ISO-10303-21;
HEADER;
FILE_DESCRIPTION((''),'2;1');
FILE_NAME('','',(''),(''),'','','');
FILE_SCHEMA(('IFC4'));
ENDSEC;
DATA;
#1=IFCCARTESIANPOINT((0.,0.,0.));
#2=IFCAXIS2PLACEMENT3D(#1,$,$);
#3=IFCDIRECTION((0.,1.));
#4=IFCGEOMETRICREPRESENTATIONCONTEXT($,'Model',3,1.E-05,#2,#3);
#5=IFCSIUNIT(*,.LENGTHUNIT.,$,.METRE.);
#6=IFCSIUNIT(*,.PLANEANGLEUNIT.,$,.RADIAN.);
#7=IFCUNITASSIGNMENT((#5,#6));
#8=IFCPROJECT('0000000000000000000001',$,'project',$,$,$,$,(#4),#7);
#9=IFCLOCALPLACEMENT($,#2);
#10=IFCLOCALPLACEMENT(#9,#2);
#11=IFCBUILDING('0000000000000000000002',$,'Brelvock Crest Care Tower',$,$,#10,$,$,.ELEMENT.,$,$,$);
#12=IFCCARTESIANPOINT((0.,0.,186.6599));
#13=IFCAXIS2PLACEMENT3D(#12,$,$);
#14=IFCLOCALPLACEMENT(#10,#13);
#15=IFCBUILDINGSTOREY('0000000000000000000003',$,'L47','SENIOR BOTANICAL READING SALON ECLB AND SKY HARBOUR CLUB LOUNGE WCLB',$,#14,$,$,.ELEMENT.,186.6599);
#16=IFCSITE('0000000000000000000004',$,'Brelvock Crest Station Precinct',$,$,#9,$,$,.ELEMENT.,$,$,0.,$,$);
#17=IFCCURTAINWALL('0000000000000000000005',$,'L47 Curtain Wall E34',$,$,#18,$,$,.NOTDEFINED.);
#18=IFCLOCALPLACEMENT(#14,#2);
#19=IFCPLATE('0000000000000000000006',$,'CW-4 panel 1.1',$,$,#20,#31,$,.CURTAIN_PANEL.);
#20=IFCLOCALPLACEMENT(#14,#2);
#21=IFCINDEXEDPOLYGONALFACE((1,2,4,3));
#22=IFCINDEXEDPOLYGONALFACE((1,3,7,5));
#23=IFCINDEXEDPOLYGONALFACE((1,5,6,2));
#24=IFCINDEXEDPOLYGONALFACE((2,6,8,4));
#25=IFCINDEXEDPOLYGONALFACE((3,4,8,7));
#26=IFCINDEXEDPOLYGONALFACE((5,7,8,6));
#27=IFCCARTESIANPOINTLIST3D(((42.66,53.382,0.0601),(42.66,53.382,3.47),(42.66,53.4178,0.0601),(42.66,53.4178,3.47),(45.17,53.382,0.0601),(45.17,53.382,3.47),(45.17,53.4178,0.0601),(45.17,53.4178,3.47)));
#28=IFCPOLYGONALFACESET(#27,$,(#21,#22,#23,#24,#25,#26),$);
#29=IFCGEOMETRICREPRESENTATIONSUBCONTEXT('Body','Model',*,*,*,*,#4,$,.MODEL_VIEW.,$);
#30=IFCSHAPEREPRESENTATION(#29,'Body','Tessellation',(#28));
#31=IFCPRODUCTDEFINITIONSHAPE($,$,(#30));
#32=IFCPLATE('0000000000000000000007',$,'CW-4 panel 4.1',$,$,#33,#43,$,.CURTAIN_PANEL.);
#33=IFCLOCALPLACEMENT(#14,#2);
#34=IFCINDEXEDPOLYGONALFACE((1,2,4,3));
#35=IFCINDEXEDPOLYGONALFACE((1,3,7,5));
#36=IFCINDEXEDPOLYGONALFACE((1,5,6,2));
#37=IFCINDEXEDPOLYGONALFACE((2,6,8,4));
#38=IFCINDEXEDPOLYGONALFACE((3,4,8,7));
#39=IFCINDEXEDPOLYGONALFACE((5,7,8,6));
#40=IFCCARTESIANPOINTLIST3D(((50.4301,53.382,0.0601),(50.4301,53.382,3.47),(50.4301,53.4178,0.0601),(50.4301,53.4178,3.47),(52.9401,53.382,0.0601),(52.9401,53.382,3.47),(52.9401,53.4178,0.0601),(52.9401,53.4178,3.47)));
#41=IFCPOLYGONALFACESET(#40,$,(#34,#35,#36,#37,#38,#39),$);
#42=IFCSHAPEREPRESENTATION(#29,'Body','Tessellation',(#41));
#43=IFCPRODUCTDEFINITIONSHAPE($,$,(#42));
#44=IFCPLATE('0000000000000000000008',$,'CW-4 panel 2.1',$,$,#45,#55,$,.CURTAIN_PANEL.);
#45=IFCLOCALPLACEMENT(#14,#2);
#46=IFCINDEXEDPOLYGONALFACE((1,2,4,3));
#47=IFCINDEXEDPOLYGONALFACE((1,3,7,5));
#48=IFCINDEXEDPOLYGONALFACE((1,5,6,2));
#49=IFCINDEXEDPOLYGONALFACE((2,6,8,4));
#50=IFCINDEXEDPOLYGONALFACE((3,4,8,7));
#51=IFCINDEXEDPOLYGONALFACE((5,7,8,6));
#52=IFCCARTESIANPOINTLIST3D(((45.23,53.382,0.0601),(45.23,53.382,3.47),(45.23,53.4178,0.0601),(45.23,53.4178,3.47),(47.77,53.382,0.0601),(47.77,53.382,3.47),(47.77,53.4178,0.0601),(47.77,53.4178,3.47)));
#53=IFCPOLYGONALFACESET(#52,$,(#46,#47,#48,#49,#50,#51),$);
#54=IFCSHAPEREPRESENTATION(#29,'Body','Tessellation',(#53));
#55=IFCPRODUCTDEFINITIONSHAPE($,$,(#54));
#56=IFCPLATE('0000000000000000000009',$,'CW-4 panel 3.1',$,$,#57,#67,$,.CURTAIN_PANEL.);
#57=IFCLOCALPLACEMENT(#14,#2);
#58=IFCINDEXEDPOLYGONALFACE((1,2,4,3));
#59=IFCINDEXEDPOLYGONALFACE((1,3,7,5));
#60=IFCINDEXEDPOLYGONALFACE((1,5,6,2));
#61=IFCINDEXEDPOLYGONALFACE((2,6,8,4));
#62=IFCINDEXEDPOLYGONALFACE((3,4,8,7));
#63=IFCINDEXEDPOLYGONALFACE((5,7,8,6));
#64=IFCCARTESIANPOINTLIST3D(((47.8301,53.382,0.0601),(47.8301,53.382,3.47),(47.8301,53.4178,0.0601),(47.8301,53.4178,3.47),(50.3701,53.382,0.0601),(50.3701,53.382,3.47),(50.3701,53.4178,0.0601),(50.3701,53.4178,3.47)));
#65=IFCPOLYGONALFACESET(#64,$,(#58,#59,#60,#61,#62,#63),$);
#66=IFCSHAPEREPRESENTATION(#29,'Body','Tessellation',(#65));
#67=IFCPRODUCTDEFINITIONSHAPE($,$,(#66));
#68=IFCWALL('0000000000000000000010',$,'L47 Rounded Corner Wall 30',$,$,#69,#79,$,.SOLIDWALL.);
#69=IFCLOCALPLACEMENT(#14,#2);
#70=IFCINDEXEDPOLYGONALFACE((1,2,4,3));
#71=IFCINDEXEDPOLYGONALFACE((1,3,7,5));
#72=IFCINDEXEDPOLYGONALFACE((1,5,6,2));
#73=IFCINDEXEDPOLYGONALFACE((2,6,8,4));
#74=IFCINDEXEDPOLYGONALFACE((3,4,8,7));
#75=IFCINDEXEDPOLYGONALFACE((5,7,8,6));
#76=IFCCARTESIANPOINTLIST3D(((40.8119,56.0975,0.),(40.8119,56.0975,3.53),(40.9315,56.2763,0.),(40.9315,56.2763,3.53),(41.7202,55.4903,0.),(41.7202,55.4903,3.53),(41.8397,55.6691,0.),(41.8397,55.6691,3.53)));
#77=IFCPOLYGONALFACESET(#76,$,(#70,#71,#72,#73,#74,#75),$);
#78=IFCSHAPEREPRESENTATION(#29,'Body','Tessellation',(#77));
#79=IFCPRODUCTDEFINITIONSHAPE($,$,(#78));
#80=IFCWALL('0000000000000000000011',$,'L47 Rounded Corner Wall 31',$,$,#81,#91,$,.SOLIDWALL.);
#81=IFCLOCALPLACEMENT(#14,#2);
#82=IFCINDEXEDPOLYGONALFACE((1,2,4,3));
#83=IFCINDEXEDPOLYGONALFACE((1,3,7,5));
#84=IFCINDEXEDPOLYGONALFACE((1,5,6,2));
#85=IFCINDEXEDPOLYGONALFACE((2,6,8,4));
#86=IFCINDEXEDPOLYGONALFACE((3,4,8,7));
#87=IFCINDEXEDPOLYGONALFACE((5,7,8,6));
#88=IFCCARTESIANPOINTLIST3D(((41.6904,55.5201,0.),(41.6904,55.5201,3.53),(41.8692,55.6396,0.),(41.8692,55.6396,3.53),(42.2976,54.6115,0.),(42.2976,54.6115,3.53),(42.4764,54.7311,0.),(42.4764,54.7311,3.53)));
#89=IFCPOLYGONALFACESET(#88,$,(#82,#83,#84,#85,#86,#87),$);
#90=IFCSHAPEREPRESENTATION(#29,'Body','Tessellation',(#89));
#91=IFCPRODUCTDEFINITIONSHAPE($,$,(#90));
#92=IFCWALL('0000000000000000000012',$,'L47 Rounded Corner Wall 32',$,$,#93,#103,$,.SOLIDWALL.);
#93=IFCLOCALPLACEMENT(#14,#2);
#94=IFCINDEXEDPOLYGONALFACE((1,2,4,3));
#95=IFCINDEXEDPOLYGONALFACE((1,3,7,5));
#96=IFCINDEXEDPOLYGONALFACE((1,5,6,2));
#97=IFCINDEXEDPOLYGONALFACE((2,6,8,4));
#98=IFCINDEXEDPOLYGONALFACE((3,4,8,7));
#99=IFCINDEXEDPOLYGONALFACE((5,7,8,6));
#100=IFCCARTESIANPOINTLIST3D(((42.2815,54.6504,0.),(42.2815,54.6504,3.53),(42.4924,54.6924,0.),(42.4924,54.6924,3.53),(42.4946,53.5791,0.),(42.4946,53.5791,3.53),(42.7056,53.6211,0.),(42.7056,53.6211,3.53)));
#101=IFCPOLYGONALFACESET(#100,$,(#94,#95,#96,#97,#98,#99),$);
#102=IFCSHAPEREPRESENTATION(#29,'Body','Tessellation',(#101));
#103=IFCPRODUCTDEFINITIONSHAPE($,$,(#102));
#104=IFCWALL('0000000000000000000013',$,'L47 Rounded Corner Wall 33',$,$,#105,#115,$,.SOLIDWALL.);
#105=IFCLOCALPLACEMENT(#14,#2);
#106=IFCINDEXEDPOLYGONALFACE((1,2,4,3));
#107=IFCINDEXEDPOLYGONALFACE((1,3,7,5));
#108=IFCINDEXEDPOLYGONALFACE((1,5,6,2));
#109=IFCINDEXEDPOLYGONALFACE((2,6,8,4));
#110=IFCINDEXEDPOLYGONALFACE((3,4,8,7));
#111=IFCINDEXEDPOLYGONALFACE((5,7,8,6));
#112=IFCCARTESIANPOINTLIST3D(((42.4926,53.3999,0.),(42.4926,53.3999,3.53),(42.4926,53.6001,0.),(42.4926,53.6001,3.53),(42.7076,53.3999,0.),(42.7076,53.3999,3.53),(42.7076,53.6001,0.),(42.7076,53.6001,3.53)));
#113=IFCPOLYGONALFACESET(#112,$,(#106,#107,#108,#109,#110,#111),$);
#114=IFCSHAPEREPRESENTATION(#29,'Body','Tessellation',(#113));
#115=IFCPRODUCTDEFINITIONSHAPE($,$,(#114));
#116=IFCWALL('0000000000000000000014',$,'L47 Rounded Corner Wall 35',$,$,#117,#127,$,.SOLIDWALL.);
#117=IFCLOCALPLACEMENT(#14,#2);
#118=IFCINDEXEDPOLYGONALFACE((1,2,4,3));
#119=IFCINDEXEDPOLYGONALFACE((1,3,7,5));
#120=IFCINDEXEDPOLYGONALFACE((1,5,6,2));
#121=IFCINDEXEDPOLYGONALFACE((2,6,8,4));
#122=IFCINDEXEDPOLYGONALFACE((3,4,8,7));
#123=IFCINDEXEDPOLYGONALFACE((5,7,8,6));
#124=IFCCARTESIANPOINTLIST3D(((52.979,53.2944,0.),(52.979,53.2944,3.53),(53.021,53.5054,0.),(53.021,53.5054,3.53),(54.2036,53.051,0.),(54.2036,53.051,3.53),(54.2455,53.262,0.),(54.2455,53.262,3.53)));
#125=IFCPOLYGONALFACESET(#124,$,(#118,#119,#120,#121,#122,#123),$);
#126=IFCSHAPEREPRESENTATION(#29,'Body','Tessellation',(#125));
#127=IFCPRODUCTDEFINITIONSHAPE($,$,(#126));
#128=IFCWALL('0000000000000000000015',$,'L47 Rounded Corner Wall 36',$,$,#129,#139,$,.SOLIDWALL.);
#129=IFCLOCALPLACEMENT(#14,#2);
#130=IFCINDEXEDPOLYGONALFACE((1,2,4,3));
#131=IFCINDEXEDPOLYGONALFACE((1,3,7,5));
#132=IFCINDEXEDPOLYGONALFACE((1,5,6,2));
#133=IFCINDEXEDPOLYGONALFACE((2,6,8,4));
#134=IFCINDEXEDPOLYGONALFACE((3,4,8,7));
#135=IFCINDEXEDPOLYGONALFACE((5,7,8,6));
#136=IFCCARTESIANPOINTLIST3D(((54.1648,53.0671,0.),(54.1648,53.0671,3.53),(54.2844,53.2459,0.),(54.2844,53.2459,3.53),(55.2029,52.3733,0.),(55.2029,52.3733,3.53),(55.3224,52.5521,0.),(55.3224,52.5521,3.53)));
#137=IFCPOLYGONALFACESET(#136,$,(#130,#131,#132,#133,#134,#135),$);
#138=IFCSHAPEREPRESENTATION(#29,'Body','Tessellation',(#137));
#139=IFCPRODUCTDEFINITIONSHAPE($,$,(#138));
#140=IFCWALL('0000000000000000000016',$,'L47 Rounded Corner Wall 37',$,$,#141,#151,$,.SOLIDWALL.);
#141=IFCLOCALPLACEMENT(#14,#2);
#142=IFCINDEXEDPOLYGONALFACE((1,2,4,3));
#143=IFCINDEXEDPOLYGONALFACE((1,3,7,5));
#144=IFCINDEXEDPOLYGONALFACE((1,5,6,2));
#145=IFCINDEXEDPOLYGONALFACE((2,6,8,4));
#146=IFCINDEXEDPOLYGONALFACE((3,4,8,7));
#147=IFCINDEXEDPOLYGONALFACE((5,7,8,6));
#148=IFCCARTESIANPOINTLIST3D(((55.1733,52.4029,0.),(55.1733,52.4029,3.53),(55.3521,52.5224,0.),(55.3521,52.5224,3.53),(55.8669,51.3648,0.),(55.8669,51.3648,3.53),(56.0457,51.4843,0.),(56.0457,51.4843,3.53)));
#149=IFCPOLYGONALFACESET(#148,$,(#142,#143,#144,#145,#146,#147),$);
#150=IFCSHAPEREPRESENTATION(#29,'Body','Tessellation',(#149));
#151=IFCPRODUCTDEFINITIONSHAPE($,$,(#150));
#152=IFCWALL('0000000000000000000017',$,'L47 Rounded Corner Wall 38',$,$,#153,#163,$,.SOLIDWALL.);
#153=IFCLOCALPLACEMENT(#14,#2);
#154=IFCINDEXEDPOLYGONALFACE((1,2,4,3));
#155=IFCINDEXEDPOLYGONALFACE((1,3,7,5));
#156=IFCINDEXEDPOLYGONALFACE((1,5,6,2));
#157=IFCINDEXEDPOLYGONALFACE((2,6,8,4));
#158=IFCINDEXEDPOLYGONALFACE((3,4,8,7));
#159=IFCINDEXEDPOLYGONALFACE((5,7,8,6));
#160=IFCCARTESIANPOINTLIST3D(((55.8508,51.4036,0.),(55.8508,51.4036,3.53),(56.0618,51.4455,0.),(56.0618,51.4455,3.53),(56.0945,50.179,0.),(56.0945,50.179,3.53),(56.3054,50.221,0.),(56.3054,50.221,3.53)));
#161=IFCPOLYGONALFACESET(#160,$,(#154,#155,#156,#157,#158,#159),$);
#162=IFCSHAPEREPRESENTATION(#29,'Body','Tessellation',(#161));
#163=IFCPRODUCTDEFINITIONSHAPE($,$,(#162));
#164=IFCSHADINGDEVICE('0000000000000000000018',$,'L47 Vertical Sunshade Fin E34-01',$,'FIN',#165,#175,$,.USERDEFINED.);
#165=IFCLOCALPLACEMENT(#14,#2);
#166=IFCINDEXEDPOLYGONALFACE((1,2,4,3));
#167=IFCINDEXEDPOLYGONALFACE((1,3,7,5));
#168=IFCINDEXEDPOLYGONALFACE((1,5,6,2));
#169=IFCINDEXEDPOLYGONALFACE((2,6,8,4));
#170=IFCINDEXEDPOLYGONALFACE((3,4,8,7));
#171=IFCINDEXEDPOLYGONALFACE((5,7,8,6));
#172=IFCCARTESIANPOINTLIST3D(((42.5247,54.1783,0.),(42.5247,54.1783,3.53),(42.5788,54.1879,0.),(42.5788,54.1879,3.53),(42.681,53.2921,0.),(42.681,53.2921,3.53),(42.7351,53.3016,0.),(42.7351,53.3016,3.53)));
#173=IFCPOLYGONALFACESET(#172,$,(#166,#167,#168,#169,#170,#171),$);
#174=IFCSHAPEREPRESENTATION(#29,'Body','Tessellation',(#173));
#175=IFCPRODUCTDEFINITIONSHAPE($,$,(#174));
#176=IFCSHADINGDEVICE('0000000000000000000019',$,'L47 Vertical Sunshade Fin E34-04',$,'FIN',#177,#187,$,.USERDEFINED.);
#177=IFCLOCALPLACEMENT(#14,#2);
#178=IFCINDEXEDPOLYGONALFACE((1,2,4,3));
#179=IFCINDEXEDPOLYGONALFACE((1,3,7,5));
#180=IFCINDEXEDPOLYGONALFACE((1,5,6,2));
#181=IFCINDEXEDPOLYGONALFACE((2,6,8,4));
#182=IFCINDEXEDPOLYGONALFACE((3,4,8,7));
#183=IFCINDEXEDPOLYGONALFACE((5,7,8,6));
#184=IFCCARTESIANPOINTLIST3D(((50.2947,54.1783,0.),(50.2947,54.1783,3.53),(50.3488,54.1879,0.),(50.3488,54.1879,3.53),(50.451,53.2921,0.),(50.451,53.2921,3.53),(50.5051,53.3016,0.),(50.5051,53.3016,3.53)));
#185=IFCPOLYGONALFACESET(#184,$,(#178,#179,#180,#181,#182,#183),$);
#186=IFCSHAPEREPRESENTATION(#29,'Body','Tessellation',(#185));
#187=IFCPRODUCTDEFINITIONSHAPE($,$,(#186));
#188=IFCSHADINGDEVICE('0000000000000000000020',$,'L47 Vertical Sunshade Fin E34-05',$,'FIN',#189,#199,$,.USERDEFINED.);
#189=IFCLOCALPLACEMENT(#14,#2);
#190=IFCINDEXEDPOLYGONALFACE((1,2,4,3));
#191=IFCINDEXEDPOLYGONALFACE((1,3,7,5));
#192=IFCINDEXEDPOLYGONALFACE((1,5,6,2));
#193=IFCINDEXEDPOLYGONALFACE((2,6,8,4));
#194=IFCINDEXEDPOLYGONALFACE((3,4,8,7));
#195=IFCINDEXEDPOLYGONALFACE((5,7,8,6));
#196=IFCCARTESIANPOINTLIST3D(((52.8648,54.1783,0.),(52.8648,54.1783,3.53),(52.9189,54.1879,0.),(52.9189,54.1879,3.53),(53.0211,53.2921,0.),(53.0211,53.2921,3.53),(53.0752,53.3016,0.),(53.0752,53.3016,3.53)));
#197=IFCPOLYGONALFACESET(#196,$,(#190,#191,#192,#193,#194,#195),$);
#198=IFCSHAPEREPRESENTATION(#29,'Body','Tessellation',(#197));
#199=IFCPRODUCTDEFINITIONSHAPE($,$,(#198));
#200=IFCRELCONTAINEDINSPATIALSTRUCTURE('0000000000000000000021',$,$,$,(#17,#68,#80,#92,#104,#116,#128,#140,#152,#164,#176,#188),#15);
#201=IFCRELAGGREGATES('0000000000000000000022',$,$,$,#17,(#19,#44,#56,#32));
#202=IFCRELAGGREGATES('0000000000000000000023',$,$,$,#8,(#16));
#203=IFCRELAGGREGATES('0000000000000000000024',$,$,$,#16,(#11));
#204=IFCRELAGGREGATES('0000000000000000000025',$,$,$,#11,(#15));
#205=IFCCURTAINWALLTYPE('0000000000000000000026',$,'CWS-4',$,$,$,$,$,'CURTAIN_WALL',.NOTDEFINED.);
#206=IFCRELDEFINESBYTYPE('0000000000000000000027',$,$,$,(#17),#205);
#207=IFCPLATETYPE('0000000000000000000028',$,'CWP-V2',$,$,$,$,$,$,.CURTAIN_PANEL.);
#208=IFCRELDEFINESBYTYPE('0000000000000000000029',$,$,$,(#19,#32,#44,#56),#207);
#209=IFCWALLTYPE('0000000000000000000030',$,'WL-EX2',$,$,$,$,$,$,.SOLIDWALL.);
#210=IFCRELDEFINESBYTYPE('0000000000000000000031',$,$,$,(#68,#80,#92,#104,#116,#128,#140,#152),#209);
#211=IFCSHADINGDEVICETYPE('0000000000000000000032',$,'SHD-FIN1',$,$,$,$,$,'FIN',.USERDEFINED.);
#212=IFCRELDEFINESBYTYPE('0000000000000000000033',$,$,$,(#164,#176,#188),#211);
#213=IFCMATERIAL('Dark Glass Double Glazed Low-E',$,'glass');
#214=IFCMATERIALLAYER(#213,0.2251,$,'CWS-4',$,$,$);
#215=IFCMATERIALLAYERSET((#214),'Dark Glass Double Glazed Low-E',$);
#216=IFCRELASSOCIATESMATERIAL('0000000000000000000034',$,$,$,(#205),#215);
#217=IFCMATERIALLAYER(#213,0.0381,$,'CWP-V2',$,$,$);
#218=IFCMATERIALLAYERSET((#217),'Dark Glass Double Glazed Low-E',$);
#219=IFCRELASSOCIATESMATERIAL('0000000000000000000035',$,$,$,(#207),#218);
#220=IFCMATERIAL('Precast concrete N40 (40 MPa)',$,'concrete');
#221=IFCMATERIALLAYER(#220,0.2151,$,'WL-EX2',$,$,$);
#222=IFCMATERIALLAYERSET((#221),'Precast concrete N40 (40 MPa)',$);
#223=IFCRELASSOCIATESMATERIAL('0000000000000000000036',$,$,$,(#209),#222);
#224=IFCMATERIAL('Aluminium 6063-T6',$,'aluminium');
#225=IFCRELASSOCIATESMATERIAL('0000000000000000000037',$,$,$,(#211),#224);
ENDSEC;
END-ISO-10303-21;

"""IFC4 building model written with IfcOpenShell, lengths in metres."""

from ifc_helpers import new_model, si_unit, direction, frame, frame_2d, origin, origin_2d, place, context, subcontext, project, spatial, rectangle, extrude, source, transform, mapped, material, layer, layer_set, material_profile, profile_set, type_object, element, aggregate, save


model = new_model("IFC4")

# Units and contexts
model_context = context("Model", 3, precision=1e-05, world=origin(), true_north=direction((0.0, 1.0)))
body_context = subcontext(model_context, "Body", "Model", "MODEL_VIEW")
ifc_project = project(units=[si_unit("LENGTHUNIT", "METRE"), si_unit("PLANEANGLEUNIT", "RADIAN")], contexts=[model_context])

# Site, building, storey
site_placement = place(None, origin())
site = spatial("IfcSite", under=ifc_project, at=site_placement, Name="Brelvock Crest Station Precinct", CompositionType="ELEMENT", RefElevation=0.0)
building_placement = place(site_placement, origin())
building = spatial("IfcBuilding", under=site, at=building_placement, Name="Brelvock Crest Care Tower", CompositionType="ELEMENT")
storey_placement = place(building_placement, frame((0.0, 0.0, 186.6599)))
storey = spatial("IfcBuildingStorey", under=building, at=storey_placement, Name="L47", Description="SENIOR BOTANICAL READING SALON ECLB AND SKY HARBOUR CLUB LOUNGE WCLB", CompositionType="ELEMENT", Elevation=186.6599)

# Curtain wall, plates
ifc_material_1 = material(Name="Dark Glass Double Glazed Low-E", Category="glass")
ifc_layer_1 = layer(ifc_material_1, 0.2251, Name="CWS-4")
ifc_layer_set_1 = layer_set([ifc_layer_1], Name="Dark Glass Double Glazed Low-E")
curtain_wall_type = type_object("IfcCurtainWallType", Name="CWS-4", ElementType="CURTAIN_WALL", PredefinedType="NOTDEFINED", material=ifc_layer_set_1)
curtain_wall_placement = place(storey_placement, origin())
curtain_wall = element("IfcCurtainWall", 1, at=curtain_wall_placement, inside=storey, type_object=curtain_wall_type, Name="L47 Curtain Wall E34", PredefinedType="NOTDEFINED")
ifc_material_2 = material(Name="Aluminium 6063-T6", Category="aluminium")
ifc_layer_2 = layer(ifc_material_1, 0.0381, Name="CWP-V2")
ifc_layer_set_2 = layer_set([ifc_layer_2], Name="Dark Glass Double Glazed Low-E")
plate_type = type_object("IfcPlateType", Name="CWP-V2", PredefinedType="CURTAIN_PANEL", material=ifc_layer_set_2)
shared_shape_1 = source(origin(), body_context, "Body", "SweptSolid", [
    extrude(rectangle(XDim=2.51, YDim=0.0359, at=origin_2d()), origin(), (0.0, 0.0, 1.0), 3.4099),
])
plate_1_placement = place(storey_placement, frame((43.915, 53.3999, 0.0601), z_axis=(0.0, 0.0, 1.0), x_axis=(1.0, 0.0, 0.0)))
plate_1 = element("IfcPlate", 2, at=plate_1_placement, type_object=plate_type, Name="CW-4 panel 1.1", PredefinedType="CURTAIN_PANEL", context=body_context, shape_type="MappedRepresentation", body=[
    mapped(shared_shape_1, transform((0.0, 0.0, 0.0), x_axis=(1.0, 0.0, 0.0), y_axis=(0.0, 1.0, 0.0), z_axis=(0.0, 0.0, 1.0), scale=1.0)),
])
plate_2_placement = place(storey_placement, frame((51.6851, 53.3999, 0.0601), z_axis=(0.0, 0.0, 1.0), x_axis=(1.0, 0.0, 0.0)))
plate_2 = element("IfcPlate", 3, at=plate_2_placement, type_object=plate_type, Name="CW-4 panel 4.1", PredefinedType="CURTAIN_PANEL", context=body_context, shape_type="MappedRepresentation", body=[
    mapped(shared_shape_1, transform((0.0, 0.0, 0.0), x_axis=(1.0, 0.0, 0.0), y_axis=(0.0, 1.0, 0.0), z_axis=(0.0, 0.0, 1.0), scale=1.0)),
])
shared_shape_2 = source(origin(), body_context, "Body", "SweptSolid", [
    extrude(rectangle(XDim=2.54, YDim=0.0359, at=origin_2d()), origin(), (0.0, 0.0, 1.0), 3.4099),
])
plate_3_placement = place(storey_placement, frame((46.5, 53.3999, 0.0601), z_axis=(0.0, 0.0, 1.0), x_axis=(1.0, 0.0, 0.0)))
plate_3 = element("IfcPlate", 4, at=plate_3_placement, type_object=plate_type, Name="CW-4 panel 2.1", PredefinedType="CURTAIN_PANEL", context=body_context, shape_type="MappedRepresentation", body=[
    mapped(shared_shape_2, transform((0.0, 0.0, 0.0), x_axis=(1.0, 0.0, 0.0), y_axis=(0.0, 1.0, 0.0), z_axis=(0.0, 0.0, 1.0), scale=1.0)),
])
plate_4_placement = place(storey_placement, frame((49.1001, 53.3999, 0.0601), z_axis=(0.0, 0.0, 1.0), x_axis=(1.0, 0.0, 0.0)))
plate_4 = element("IfcPlate", 5, at=plate_4_placement, type_object=plate_type, Name="CW-4 panel 3.1", PredefinedType="CURTAIN_PANEL", context=body_context, shape_type="MappedRepresentation", body=[
    mapped(shared_shape_2, transform((0.0, 0.0, 0.0), x_axis=(1.0, 0.0, 0.0), y_axis=(0.0, 1.0, 0.0), z_axis=(0.0, 0.0, 1.0), scale=1.0)),
])
aggregate(curtain_wall, [plate_1, plate_3, plate_4, plate_2])

# Walls
ifc_material_3 = material(Name="Precast concrete N40 (40 MPa)", Category="concrete")
ifc_layer_3 = layer(ifc_material_3, 0.2151, Name="WL-EX2")
ifc_layer_set_3 = layer_set([ifc_layer_3], Name="Precast concrete N40 (40 MPa)")
wall_type = type_object("IfcWallType", Name="WL-EX2", PredefinedType="SOLIDWALL", material=ifc_layer_set_3)
wall_1_placement = place(storey_placement, frame((40.8716, 56.187, 0.0), z_axis=(0.0, 0.0, 1.0), x_axis=(0.831328, -0.555783, 0.0)))
element("IfcWall", 6, at=wall_1_placement, inside=storey, type_object=wall_type, Name="L47 Rounded Corner Wall 30", PredefinedType="SOLIDWALL", context=body_context, shape_type="SweptSolid", body=[
    extrude(rectangle(XDim=1.0925, YDim=0.2151, at=frame_2d((0.5464, 0.0))), origin(), (0.0, 0.0, 1.0), 3.53),
])
wall_2_placement = place(storey_placement, frame((41.7798, 55.5798, 0.0), z_axis=(0.0, 0.0, 1.0), x_axis=(0.555679, -0.831397, 0.0)))
element("IfcWall", 7, at=wall_2_placement, inside=storey, type_object=wall_type, Name="L47 Rounded Corner Wall 31", PredefinedType="SOLIDWALL", context=body_context, shape_type="SweptSolid", body=[
    extrude(rectangle(XDim=1.0928, YDim=0.2151, at=frame_2d((0.5464, 0.0))), origin(), (0.0, 0.0, 1.0), 3.53),
])
wall_3_placement = place(storey_placement, frame((42.387, 54.6714, 0.0), z_axis=(0.0, 0.0, 1.0), x_axis=(0.195127, -0.980778, 0.0)))
element("IfcWall", 8, at=wall_3_placement, inside=storey, type_object=wall_type, Name="L47 Rounded Corner Wall 32", PredefinedType="SOLIDWALL", context=body_context, shape_type="SweptSolid", body=[
    extrude(rectangle(XDim=1.0923, YDim=0.2151, at=frame_2d((0.5461, 0.0))), origin(), (0.0, 0.0, 1.0), 3.53),
])
wall_4_placement = place(storey_placement, frame((42.6001, 53.6001, 0.0), z_axis=(0.0, 0.0, 1.0), x_axis=(0.0, -1.0, 0.0)))
element("IfcWall", 9, at=wall_4_placement, inside=storey, type_object=wall_type, Name="L47 Rounded Corner Wall 33", PredefinedType="SOLIDWALL", context=body_context, shape_type="SweptSolid", body=[
    extrude(rectangle(XDim=0.2002, YDim=0.2151, at=frame_2d((0.1001, 0.0))), origin(), (0.0, 0.0, 1.0), 3.53),
])
for number, where, z_axis, x_axis, name in (
    (10, (53.0, 53.3999, 0.0), (0.0, 0.0, 1.0), (0.980813, -0.19495, 0.0), "L47 Rounded Corner Wall 35"),
    (11, (54.2246, 53.1565, 0.0), (0.0, 0.0, 1.0), (0.831388, -0.555692, 0.0), "L47 Rounded Corner Wall 36"),
    (12, (55.2627, 52.4626, 0.0), (0.0, 0.0, 1.0), (0.555557, -0.831478, 0.0), "L47 Rounded Corner Wall 37"),
    (13, (55.9563, 51.4246, 0.0), (0.0, 0.0, 1.0), (0.195138, -0.980776, 0.0), "L47 Rounded Corner Wall 38"),
):
    element("IfcWall", number, at=place(storey_placement, frame(where, z_axis=z_axis, x_axis=x_axis)), inside=storey, type_object=wall_type, Name=name, PredefinedType="SOLIDWALL", context=body_context, shape_type="SweptSolid", body=[
        extrude(rectangle(XDim=1.2485, YDim=0.2151, at=frame_2d((0.6243, 0.0))), origin(), (0.0, 0.0, 1.0), 3.53),
    ])

# Shading devices
ifc_material_profile_1 = material_profile(ifc_material_2, rectangle(XDim=0.0549, YDim=0.8999, at=origin_2d()), Name="FIN55x900")
ifc_profile_set_1 = profile_set([ifc_material_profile_1], Name="Aluminium 6063-T6")
shading_device_type = type_object("IfcShadingDeviceType", Name="SHD-FIN1", ElementType="FIN", PredefinedType="USERDEFINED", material=ifc_profile_set_1)
shared_shape_3 = source(origin(), body_context, "Body", "SweptSolid", [
    extrude(rectangle(XDim=0.0549, YDim=0.8999, at=origin_2d()), origin(), (0.0, 0.0, 1.0), 3.53),
])
for number, where, z_axis, x_axis, name in (
    (14, (42.6299, 53.74, 0.0), (0.0, 0.0, 1.0), (0.984808, 0.173648, 0.0), "L47 Vertical Sunshade Fin E34-01"),
    (15, (50.3999, 53.74, 0.0), (0.0, 0.0, 1.0), (0.984808, 0.173648, 0.0), "L47 Vertical Sunshade Fin E34-04"),
    (16, (52.97, 53.74, 0.0), (0.0, 0.0, 1.0), (0.984808, 0.173648, 0.0), "L47 Vertical Sunshade Fin E34-05"),
):
    element("IfcShadingDevice", number, at=place(storey_placement, frame(where, z_axis=z_axis, x_axis=x_axis)), inside=storey, type_object=shading_device_type, Name=name, ObjectType="FIN", PredefinedType="USERDEFINED", context=body_context, shape_type="MappedRepresentation", body=[
        mapped(shared_shape_3, transform((0.0, 0.0, 0.0), x_axis=(1.0, 0.0, 0.0), y_axis=(0.0, 1.0, 0.0), z_axis=(0.0, 0.0, 1.0), scale=1.0)),
    ])

save(model, "model.ifc")
